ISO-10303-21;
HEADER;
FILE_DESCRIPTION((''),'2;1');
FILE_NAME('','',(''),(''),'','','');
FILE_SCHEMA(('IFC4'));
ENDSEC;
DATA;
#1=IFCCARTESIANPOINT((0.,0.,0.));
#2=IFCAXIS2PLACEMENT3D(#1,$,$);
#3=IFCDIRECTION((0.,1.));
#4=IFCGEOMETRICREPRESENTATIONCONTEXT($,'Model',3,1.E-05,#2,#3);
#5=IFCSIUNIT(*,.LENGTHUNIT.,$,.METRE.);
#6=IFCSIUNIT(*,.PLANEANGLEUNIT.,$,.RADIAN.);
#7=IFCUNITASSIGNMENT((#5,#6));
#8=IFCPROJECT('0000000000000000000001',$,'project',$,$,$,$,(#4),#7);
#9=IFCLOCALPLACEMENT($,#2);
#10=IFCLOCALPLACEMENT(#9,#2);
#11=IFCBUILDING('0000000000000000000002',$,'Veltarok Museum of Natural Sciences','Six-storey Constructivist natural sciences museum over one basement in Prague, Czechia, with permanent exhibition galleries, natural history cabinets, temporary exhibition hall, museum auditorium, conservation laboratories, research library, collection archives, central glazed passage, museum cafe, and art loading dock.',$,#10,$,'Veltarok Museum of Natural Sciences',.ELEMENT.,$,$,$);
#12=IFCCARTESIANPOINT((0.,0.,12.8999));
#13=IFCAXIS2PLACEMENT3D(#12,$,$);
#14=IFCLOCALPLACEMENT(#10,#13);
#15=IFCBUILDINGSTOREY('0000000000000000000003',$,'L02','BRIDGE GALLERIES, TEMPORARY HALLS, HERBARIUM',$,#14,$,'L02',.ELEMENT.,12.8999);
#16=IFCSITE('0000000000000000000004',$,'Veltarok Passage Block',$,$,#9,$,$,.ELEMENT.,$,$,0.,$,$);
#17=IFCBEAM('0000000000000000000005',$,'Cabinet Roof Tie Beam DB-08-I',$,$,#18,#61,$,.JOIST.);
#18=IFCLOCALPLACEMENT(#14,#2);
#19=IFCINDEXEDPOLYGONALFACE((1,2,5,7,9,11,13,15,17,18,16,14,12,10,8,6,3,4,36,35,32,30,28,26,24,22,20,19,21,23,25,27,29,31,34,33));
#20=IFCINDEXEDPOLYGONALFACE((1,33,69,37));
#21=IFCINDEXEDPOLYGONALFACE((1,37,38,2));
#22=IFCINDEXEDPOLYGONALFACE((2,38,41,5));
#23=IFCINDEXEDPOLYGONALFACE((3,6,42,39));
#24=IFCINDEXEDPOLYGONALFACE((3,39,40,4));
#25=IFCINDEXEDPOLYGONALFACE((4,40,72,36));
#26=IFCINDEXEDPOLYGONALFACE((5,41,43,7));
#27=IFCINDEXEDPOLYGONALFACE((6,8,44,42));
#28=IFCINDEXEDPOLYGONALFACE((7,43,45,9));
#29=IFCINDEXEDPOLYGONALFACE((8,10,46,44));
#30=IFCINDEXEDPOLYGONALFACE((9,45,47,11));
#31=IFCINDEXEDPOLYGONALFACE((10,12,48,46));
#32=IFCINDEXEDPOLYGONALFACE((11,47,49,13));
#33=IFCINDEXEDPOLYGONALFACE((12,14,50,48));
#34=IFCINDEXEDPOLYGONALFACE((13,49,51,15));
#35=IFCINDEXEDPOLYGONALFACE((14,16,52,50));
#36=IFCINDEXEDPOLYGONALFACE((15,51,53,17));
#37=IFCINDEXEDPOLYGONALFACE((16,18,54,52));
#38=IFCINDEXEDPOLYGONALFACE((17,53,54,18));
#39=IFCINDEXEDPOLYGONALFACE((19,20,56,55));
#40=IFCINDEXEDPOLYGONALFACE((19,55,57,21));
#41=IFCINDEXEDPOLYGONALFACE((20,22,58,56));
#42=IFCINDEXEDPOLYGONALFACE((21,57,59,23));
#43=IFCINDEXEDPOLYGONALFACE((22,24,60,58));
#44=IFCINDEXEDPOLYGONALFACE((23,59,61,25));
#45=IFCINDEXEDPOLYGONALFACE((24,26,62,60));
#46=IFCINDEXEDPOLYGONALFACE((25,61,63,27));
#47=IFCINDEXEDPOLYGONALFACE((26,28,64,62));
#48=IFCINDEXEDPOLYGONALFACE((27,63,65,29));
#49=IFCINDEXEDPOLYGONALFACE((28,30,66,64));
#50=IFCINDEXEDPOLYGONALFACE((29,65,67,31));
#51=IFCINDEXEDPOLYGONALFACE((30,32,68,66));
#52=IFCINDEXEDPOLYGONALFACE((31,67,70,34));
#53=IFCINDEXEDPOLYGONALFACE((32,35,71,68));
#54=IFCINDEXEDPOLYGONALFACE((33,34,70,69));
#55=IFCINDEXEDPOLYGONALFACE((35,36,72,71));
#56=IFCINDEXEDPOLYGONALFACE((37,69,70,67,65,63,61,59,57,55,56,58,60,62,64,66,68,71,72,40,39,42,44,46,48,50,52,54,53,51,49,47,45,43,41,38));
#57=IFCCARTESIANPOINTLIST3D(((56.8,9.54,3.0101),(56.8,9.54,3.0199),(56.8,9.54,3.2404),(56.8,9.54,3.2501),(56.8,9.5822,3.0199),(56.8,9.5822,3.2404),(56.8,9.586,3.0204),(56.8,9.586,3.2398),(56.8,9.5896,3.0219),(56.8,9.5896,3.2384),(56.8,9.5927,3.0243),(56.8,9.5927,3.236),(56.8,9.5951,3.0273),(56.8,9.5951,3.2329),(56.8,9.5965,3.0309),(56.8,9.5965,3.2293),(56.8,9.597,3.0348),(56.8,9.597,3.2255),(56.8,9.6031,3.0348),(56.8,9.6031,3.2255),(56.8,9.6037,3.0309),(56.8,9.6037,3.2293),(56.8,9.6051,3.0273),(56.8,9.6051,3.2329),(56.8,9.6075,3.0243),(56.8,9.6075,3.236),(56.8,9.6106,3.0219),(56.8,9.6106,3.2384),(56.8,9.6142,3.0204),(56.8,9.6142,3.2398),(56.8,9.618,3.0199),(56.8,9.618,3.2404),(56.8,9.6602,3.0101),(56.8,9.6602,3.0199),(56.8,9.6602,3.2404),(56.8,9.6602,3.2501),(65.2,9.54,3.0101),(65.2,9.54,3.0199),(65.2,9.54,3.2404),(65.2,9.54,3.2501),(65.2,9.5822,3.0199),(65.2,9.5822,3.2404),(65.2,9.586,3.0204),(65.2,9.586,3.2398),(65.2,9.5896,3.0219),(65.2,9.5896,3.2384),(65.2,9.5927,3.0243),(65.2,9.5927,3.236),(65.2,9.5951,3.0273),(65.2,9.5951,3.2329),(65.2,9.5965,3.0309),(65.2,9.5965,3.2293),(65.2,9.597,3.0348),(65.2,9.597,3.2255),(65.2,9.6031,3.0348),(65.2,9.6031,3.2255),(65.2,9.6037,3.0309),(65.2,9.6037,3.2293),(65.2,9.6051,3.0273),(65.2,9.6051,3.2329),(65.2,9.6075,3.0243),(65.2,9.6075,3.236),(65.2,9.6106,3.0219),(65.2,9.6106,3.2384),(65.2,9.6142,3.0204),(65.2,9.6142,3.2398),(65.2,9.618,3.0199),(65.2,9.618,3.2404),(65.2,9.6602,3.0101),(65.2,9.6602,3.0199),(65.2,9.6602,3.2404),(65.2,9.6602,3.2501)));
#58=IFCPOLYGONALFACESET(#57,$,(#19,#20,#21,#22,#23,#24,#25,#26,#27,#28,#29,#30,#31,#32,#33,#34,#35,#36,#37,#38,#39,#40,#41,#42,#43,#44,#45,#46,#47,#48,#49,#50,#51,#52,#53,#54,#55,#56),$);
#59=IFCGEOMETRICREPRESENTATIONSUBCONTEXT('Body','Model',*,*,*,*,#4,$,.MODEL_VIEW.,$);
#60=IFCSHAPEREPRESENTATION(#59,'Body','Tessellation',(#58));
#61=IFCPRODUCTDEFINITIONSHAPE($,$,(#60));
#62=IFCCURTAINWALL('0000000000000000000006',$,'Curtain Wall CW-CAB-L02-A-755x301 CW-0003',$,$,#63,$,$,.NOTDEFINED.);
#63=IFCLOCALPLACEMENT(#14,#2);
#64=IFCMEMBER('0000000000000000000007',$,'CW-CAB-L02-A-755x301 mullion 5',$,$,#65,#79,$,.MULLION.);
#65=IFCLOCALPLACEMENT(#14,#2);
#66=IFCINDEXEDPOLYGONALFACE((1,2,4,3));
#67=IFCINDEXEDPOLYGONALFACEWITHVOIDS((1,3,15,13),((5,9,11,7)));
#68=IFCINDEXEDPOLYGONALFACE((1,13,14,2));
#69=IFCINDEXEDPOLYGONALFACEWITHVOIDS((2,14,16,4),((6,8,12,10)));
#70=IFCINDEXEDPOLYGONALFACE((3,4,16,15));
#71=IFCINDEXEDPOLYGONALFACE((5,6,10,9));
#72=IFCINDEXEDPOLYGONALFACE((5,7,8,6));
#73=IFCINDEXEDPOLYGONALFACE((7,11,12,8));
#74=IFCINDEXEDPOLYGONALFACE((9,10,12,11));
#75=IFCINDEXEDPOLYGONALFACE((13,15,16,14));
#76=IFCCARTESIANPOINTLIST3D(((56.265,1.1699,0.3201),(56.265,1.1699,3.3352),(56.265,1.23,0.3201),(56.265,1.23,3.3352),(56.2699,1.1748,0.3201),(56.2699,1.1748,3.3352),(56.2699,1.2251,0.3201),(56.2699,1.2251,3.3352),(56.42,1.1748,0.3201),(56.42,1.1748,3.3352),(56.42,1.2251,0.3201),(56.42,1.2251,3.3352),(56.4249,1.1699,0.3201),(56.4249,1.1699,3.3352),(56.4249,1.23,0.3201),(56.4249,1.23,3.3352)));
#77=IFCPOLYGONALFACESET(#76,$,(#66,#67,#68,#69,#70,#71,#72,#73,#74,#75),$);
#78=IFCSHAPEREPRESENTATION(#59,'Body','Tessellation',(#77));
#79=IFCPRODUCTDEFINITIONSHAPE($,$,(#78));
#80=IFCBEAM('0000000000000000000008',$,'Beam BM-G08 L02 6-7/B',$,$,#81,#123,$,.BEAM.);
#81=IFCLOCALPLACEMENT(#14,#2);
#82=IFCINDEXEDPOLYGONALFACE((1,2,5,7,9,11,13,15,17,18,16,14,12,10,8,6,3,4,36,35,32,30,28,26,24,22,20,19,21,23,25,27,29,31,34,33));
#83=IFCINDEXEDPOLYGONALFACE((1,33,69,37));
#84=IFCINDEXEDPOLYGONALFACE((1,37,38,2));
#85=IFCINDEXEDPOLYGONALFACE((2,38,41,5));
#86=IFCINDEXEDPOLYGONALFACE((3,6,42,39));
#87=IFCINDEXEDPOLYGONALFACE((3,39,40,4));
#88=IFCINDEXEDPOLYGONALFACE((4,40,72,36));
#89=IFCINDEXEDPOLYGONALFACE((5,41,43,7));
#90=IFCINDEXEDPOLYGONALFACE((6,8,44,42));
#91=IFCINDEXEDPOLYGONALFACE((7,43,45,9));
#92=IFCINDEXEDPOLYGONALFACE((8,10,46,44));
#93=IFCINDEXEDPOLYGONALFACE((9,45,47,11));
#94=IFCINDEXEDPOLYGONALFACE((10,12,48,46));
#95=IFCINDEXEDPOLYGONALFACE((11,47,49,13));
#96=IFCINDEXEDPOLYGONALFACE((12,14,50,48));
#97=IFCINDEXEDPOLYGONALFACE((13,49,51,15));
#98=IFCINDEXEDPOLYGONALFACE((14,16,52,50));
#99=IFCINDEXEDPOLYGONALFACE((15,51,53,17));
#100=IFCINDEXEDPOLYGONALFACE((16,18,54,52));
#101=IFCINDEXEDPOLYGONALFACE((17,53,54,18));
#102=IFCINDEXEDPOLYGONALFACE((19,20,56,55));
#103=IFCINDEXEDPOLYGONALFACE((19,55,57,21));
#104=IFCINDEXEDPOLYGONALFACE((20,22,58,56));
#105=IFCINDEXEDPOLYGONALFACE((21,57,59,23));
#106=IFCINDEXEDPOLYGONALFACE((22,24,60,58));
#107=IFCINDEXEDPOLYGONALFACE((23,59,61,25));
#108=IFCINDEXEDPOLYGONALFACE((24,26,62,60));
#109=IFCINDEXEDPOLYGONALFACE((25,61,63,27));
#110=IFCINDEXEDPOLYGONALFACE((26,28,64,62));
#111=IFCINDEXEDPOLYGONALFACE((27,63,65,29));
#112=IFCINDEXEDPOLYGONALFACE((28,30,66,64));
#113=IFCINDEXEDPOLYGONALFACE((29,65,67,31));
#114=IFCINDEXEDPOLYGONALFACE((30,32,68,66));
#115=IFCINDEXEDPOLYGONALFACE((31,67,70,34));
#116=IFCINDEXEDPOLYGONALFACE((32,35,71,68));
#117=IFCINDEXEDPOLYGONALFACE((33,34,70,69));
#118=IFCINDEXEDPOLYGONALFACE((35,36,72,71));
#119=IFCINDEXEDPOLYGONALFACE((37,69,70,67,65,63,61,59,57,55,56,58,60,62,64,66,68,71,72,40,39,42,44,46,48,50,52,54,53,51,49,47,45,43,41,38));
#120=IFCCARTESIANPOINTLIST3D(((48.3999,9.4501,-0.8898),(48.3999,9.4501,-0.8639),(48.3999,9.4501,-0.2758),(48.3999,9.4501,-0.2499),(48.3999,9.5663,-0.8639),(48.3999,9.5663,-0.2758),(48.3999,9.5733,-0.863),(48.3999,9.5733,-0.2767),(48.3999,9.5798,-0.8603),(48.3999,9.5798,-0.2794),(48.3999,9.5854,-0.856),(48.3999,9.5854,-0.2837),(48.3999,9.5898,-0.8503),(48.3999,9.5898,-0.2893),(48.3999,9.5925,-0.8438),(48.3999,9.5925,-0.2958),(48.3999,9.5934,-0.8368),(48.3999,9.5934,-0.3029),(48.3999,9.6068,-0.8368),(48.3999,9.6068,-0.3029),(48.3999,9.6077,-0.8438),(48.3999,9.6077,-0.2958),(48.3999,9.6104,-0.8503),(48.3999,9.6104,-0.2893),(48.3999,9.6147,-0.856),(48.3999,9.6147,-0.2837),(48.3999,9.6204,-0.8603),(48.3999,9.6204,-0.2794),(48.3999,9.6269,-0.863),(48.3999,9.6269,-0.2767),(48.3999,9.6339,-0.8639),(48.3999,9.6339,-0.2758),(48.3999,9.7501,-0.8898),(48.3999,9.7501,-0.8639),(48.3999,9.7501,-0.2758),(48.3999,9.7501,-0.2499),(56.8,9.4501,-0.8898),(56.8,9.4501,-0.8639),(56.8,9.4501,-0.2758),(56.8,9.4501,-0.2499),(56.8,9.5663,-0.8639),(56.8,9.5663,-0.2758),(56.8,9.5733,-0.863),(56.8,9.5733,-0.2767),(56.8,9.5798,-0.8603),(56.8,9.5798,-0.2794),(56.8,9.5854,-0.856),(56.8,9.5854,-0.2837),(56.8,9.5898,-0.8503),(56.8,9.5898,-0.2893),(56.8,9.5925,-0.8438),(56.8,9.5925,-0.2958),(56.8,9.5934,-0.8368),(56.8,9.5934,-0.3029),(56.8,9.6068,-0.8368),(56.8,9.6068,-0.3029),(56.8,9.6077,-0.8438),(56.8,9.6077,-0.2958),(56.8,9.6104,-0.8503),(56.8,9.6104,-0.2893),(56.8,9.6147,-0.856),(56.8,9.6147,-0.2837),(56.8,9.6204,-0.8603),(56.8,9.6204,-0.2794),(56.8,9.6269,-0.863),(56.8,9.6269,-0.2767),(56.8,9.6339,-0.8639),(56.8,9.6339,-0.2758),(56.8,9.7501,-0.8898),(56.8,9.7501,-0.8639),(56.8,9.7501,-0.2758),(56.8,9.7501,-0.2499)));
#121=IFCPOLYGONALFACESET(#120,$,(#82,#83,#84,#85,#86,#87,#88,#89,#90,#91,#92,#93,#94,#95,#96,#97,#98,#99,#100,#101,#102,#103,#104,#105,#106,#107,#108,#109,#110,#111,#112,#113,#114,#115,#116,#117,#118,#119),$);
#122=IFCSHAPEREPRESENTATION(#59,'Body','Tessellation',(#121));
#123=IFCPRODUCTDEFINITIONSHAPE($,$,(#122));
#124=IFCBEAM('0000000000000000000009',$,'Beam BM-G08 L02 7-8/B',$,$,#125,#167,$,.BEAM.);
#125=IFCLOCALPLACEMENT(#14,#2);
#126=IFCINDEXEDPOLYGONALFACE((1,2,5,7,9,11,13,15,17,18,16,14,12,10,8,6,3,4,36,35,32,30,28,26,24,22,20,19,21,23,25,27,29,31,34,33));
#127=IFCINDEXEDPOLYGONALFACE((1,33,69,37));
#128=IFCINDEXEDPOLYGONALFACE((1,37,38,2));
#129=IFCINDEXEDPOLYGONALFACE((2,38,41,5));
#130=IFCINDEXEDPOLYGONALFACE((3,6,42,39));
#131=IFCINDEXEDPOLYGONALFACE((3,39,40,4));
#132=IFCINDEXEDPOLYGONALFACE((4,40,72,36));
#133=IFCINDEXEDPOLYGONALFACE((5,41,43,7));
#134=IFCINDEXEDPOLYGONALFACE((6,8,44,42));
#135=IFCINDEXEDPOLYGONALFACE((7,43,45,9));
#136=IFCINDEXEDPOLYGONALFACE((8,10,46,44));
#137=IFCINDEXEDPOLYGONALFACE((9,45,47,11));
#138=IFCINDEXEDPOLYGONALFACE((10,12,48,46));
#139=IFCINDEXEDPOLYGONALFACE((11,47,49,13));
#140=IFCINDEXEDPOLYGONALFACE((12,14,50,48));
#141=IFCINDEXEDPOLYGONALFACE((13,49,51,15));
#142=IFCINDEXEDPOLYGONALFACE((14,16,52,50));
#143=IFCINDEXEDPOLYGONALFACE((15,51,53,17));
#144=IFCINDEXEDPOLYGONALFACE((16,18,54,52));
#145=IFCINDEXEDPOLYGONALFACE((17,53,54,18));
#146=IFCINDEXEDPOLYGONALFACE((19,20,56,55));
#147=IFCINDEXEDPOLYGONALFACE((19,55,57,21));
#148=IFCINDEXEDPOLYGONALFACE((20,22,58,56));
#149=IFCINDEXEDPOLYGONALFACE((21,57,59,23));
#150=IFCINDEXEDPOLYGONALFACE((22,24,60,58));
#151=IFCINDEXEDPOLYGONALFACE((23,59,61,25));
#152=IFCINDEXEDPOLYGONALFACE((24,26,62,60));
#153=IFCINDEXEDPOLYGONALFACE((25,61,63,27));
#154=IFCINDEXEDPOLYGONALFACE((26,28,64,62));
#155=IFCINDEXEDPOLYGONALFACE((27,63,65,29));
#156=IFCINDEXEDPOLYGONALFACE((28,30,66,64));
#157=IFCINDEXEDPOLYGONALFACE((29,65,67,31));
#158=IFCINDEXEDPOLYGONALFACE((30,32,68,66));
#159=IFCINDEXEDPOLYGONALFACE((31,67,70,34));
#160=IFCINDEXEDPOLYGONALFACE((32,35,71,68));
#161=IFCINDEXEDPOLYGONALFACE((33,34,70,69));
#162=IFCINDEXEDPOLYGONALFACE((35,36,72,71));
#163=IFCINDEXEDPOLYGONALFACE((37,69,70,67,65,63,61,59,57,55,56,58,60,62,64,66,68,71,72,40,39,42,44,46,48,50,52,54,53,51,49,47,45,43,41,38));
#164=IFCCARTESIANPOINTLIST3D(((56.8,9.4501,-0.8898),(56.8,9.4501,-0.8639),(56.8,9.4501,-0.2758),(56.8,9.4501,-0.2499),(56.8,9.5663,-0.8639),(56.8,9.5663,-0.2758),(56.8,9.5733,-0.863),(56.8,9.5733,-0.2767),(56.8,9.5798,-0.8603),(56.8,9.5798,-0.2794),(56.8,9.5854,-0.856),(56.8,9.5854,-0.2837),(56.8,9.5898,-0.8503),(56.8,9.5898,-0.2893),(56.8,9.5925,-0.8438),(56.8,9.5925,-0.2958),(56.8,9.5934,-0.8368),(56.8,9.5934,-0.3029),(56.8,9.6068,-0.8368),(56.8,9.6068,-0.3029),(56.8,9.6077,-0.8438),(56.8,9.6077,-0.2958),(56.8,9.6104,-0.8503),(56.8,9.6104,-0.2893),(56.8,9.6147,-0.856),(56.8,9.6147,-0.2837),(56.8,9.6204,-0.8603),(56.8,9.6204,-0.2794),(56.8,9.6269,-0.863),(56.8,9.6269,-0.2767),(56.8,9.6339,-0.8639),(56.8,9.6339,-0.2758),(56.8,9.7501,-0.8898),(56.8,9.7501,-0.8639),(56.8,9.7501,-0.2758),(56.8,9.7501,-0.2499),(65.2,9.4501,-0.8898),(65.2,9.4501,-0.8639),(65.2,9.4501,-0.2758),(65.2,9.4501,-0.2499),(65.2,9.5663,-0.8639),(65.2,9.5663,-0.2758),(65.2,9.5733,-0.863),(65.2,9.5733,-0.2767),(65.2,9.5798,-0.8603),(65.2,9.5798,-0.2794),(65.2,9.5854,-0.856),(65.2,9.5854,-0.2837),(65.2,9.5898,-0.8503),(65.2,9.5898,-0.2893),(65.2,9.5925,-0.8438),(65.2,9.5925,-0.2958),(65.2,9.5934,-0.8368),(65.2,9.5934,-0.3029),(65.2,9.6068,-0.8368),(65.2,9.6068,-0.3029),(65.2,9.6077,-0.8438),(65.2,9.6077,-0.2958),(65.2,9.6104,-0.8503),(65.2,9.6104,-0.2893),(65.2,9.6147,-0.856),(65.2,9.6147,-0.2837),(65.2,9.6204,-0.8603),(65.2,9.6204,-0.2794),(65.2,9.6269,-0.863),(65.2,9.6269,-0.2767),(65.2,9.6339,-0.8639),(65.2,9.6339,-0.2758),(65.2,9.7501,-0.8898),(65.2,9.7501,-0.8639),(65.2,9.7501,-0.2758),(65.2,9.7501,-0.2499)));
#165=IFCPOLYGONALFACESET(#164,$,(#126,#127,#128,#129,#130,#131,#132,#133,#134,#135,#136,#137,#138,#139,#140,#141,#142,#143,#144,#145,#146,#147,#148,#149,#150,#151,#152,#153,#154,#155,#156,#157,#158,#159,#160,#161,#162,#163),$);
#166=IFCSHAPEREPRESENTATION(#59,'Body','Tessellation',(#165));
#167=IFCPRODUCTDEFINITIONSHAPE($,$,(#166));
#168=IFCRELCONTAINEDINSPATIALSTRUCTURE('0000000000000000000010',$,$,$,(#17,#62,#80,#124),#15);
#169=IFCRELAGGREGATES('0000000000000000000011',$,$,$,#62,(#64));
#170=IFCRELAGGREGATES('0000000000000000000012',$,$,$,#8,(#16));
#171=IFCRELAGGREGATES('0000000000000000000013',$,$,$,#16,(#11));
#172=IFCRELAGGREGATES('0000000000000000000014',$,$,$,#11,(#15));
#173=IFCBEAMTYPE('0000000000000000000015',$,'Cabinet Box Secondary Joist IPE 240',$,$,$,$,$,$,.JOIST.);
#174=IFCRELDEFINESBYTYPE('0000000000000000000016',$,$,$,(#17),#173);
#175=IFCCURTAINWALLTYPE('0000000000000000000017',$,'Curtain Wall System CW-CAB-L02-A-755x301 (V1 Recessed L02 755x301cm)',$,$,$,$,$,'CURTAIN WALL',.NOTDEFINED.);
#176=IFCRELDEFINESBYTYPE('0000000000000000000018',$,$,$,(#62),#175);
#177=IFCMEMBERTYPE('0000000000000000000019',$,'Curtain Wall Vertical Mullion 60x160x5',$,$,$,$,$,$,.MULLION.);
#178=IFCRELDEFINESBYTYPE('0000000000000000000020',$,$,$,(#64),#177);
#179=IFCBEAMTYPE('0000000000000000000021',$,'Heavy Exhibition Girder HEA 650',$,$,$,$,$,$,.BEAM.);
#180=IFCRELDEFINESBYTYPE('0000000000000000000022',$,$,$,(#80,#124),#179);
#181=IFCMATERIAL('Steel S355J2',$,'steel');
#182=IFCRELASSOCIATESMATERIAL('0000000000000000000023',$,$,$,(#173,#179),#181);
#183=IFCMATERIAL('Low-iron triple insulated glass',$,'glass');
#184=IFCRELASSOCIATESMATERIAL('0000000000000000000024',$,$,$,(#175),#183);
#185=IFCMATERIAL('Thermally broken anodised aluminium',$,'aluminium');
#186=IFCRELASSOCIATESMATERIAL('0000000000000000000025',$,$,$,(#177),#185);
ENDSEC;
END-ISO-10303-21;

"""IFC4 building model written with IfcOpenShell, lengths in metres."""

from ifc_helpers import new_model, si_unit, direction, frame, origin, origin_2d, place, context, subcontext, project, spatial, hollow_rectangle, i_section, extrude, material, material_profile, profile_set, type_object, element, aggregate, save


model = new_model("IFC4")

# Units and contexts
model_context = context("Model", 3, precision=1e-05, world=origin(), true_north=direction((0.0, 1.0)))
body_context = subcontext(model_context, "Body", "Model", "MODEL_VIEW")
ifc_project = project(units=[si_unit("LENGTHUNIT", "METRE"), si_unit("PLANEANGLEUNIT", "RADIAN")], contexts=[model_context])

# Site, building, storey
site_placement = place(None, origin())
site = spatial("IfcSite", under=ifc_project, at=site_placement, Name="Veltarok Passage Block", CompositionType="ELEMENT", RefElevation=0.0)
building_placement = place(site_placement, origin())
building = spatial("IfcBuilding", under=site, at=building_placement, Name="Veltarok Museum of Natural Sciences", Description="Six-storey Constructivist natural sciences museum over one basement in Prague, Czechia, with permanent exhibition galleries, natural history cabinets, temporary exhibition hall, museum auditorium, conservation laboratories, research library, collection archives, central glazed passage, museum cafe, and art loading dock.", LongName="Veltarok Museum of Natural Sciences", CompositionType="ELEMENT")
storey_placement = place(building_placement, frame((0.0, 0.0, 12.8999)))
storey = spatial("IfcBuildingStorey", under=building, at=storey_placement, Name="L02", Description="BRIDGE GALLERIES, TEMPORARY HALLS, HERBARIUM", LongName="L02", CompositionType="ELEMENT", Elevation=12.8999)

# Shared definitions
ifc_material_1 = material(Name="Steel S355J2", Category="steel")

# Beam
ifc_material_profile_1 = material_profile(ifc_material_1, i_section(OverallWidth=0.1201, OverallDepth=0.24, WebThickness=0.0061, FlangeThickness=0.0098, FilletRadius=0.0149, at=origin_2d()), Name="IPE 240")
ifc_profile_set_1 = profile_set([ifc_material_profile_1], Name="Steel S355J2")
beam_type_1 = type_object("IfcBeamType", Name="Cabinet Box Secondary Joist IPE 240", PredefinedType="JOIST", material=ifc_profile_set_1)
beam_1_placement = place(storey_placement, frame((56.8, 9.6001, 3.1301), z_axis=(1.0, 0.0, 0.0), x_axis=(0.0, 1.0, 0.0)))
element("IfcBeam", 1, at=beam_1_placement, inside=storey, type_object=beam_type_1, Name="Cabinet Roof Tie Beam DB-08-I", PredefinedType="JOIST", context=body_context, shape_type="SweptSolid", body=[
    extrude(i_section(OverallWidth=0.1201, OverallDepth=0.24, WebThickness=0.0061, FlangeThickness=0.0098, FilletRadius=0.0149, at=origin_2d()), origin(), (0.0, 0.0, 1.0), 8.3999),
])

# Curtain wall, member
ifc_material_2 = material(Name="Low-iron triple insulated glass", Category="glass")
curtain_wall_type = type_object("IfcCurtainWallType", Name="Curtain Wall System CW-CAB-L02-A-755x301 (V1 Recessed L02 755x301cm)", ElementType="CURTAIN WALL", PredefinedType="NOTDEFINED", material=ifc_material_2)
curtain_wall_placement = place(storey_placement, origin())
curtain_wall = element("IfcCurtainWall", 2, at=curtain_wall_placement, inside=storey, type_object=curtain_wall_type, Name="Curtain Wall CW-CAB-L02-A-755x301 CW-0003", PredefinedType="NOTDEFINED")
ifc_material_3 = material(Name="Thermally broken anodised aluminium", Category="aluminium")
ifc_material_profile_2 = material_profile(ifc_material_3, hollow_rectangle(XDim=0.0601, YDim=0.1599, WallThickness=0.0049, at=origin_2d()), Name="CW MULLION 60x160x5")
ifc_profile_set_2 = profile_set([ifc_material_profile_2], Name="Thermally broken anodised aluminium")
member_type = type_object("IfcMemberType", Name="Curtain Wall Vertical Mullion 60x160x5", PredefinedType="MULLION", material=ifc_profile_set_2)
member_placement = place(storey_placement, frame((56.345, 1.2, 0.3201), z_axis=(0.0, 0.0, 1.0), x_axis=(0.0, 1.0, 0.0)))
member = element("IfcMember", 3, at=member_placement, type_object=member_type, Name="CW-CAB-L02-A-755x301 mullion 5", PredefinedType="MULLION", context=body_context, shape_type="SweptSolid", body=[
    extrude(hollow_rectangle(XDim=0.0601, YDim=0.1599, WallThickness=0.0049, at=origin_2d()), origin(), (0.0, 0.0, 1.0), 3.0151),
])
aggregate(curtain_wall, [member])

# Beams
ifc_material_profile_3 = material_profile(ifc_material_1, i_section(OverallWidth=0.3, OverallDepth=0.6399, WebThickness=0.0134, FlangeThickness=0.0259, FilletRadius=0.0271, at=origin_2d()), Name="HEA 650")
ifc_profile_set_3 = profile_set([ifc_material_profile_3], Name="Steel S355J2")
beam_type_2 = type_object("IfcBeamType", Name="Heavy Exhibition Girder HEA 650", PredefinedType="BEAM", material=ifc_profile_set_3)
beam_2_placement = place(storey_placement, frame((48.3999, 9.6001, -0.5698), z_axis=(1.0, 0.0, 0.0), x_axis=(0.0, 1.0, 0.0)))
element("IfcBeam", 4, at=beam_2_placement, inside=storey, type_object=beam_type_2, Name="Beam BM-G08 L02 6-7/B", PredefinedType="BEAM", context=body_context, shape_type="SweptSolid", body=[
    extrude(i_section(OverallWidth=0.3, OverallDepth=0.6399, WebThickness=0.0134, FlangeThickness=0.0259, FilletRadius=0.0271, at=origin_2d()), origin(), (0.0, 0.0, 1.0), 8.4001),
])
beam_3_placement = place(storey_placement, frame((56.8, 9.6001, -0.5698), z_axis=(1.0, 0.0, 0.0), x_axis=(0.0, 1.0, 0.0)))
element("IfcBeam", 5, at=beam_3_placement, inside=storey, type_object=beam_type_2, Name="Beam BM-G08 L02 7-8/B", PredefinedType="BEAM", context=body_context, shape_type="SweptSolid", body=[
    extrude(i_section(OverallWidth=0.3, OverallDepth=0.6399, WebThickness=0.0134, FlangeThickness=0.0259, FilletRadius=0.0271, at=origin_2d()), origin(), (0.0, 0.0, 1.0), 8.3999),
])

save(model, "model.ifc")
